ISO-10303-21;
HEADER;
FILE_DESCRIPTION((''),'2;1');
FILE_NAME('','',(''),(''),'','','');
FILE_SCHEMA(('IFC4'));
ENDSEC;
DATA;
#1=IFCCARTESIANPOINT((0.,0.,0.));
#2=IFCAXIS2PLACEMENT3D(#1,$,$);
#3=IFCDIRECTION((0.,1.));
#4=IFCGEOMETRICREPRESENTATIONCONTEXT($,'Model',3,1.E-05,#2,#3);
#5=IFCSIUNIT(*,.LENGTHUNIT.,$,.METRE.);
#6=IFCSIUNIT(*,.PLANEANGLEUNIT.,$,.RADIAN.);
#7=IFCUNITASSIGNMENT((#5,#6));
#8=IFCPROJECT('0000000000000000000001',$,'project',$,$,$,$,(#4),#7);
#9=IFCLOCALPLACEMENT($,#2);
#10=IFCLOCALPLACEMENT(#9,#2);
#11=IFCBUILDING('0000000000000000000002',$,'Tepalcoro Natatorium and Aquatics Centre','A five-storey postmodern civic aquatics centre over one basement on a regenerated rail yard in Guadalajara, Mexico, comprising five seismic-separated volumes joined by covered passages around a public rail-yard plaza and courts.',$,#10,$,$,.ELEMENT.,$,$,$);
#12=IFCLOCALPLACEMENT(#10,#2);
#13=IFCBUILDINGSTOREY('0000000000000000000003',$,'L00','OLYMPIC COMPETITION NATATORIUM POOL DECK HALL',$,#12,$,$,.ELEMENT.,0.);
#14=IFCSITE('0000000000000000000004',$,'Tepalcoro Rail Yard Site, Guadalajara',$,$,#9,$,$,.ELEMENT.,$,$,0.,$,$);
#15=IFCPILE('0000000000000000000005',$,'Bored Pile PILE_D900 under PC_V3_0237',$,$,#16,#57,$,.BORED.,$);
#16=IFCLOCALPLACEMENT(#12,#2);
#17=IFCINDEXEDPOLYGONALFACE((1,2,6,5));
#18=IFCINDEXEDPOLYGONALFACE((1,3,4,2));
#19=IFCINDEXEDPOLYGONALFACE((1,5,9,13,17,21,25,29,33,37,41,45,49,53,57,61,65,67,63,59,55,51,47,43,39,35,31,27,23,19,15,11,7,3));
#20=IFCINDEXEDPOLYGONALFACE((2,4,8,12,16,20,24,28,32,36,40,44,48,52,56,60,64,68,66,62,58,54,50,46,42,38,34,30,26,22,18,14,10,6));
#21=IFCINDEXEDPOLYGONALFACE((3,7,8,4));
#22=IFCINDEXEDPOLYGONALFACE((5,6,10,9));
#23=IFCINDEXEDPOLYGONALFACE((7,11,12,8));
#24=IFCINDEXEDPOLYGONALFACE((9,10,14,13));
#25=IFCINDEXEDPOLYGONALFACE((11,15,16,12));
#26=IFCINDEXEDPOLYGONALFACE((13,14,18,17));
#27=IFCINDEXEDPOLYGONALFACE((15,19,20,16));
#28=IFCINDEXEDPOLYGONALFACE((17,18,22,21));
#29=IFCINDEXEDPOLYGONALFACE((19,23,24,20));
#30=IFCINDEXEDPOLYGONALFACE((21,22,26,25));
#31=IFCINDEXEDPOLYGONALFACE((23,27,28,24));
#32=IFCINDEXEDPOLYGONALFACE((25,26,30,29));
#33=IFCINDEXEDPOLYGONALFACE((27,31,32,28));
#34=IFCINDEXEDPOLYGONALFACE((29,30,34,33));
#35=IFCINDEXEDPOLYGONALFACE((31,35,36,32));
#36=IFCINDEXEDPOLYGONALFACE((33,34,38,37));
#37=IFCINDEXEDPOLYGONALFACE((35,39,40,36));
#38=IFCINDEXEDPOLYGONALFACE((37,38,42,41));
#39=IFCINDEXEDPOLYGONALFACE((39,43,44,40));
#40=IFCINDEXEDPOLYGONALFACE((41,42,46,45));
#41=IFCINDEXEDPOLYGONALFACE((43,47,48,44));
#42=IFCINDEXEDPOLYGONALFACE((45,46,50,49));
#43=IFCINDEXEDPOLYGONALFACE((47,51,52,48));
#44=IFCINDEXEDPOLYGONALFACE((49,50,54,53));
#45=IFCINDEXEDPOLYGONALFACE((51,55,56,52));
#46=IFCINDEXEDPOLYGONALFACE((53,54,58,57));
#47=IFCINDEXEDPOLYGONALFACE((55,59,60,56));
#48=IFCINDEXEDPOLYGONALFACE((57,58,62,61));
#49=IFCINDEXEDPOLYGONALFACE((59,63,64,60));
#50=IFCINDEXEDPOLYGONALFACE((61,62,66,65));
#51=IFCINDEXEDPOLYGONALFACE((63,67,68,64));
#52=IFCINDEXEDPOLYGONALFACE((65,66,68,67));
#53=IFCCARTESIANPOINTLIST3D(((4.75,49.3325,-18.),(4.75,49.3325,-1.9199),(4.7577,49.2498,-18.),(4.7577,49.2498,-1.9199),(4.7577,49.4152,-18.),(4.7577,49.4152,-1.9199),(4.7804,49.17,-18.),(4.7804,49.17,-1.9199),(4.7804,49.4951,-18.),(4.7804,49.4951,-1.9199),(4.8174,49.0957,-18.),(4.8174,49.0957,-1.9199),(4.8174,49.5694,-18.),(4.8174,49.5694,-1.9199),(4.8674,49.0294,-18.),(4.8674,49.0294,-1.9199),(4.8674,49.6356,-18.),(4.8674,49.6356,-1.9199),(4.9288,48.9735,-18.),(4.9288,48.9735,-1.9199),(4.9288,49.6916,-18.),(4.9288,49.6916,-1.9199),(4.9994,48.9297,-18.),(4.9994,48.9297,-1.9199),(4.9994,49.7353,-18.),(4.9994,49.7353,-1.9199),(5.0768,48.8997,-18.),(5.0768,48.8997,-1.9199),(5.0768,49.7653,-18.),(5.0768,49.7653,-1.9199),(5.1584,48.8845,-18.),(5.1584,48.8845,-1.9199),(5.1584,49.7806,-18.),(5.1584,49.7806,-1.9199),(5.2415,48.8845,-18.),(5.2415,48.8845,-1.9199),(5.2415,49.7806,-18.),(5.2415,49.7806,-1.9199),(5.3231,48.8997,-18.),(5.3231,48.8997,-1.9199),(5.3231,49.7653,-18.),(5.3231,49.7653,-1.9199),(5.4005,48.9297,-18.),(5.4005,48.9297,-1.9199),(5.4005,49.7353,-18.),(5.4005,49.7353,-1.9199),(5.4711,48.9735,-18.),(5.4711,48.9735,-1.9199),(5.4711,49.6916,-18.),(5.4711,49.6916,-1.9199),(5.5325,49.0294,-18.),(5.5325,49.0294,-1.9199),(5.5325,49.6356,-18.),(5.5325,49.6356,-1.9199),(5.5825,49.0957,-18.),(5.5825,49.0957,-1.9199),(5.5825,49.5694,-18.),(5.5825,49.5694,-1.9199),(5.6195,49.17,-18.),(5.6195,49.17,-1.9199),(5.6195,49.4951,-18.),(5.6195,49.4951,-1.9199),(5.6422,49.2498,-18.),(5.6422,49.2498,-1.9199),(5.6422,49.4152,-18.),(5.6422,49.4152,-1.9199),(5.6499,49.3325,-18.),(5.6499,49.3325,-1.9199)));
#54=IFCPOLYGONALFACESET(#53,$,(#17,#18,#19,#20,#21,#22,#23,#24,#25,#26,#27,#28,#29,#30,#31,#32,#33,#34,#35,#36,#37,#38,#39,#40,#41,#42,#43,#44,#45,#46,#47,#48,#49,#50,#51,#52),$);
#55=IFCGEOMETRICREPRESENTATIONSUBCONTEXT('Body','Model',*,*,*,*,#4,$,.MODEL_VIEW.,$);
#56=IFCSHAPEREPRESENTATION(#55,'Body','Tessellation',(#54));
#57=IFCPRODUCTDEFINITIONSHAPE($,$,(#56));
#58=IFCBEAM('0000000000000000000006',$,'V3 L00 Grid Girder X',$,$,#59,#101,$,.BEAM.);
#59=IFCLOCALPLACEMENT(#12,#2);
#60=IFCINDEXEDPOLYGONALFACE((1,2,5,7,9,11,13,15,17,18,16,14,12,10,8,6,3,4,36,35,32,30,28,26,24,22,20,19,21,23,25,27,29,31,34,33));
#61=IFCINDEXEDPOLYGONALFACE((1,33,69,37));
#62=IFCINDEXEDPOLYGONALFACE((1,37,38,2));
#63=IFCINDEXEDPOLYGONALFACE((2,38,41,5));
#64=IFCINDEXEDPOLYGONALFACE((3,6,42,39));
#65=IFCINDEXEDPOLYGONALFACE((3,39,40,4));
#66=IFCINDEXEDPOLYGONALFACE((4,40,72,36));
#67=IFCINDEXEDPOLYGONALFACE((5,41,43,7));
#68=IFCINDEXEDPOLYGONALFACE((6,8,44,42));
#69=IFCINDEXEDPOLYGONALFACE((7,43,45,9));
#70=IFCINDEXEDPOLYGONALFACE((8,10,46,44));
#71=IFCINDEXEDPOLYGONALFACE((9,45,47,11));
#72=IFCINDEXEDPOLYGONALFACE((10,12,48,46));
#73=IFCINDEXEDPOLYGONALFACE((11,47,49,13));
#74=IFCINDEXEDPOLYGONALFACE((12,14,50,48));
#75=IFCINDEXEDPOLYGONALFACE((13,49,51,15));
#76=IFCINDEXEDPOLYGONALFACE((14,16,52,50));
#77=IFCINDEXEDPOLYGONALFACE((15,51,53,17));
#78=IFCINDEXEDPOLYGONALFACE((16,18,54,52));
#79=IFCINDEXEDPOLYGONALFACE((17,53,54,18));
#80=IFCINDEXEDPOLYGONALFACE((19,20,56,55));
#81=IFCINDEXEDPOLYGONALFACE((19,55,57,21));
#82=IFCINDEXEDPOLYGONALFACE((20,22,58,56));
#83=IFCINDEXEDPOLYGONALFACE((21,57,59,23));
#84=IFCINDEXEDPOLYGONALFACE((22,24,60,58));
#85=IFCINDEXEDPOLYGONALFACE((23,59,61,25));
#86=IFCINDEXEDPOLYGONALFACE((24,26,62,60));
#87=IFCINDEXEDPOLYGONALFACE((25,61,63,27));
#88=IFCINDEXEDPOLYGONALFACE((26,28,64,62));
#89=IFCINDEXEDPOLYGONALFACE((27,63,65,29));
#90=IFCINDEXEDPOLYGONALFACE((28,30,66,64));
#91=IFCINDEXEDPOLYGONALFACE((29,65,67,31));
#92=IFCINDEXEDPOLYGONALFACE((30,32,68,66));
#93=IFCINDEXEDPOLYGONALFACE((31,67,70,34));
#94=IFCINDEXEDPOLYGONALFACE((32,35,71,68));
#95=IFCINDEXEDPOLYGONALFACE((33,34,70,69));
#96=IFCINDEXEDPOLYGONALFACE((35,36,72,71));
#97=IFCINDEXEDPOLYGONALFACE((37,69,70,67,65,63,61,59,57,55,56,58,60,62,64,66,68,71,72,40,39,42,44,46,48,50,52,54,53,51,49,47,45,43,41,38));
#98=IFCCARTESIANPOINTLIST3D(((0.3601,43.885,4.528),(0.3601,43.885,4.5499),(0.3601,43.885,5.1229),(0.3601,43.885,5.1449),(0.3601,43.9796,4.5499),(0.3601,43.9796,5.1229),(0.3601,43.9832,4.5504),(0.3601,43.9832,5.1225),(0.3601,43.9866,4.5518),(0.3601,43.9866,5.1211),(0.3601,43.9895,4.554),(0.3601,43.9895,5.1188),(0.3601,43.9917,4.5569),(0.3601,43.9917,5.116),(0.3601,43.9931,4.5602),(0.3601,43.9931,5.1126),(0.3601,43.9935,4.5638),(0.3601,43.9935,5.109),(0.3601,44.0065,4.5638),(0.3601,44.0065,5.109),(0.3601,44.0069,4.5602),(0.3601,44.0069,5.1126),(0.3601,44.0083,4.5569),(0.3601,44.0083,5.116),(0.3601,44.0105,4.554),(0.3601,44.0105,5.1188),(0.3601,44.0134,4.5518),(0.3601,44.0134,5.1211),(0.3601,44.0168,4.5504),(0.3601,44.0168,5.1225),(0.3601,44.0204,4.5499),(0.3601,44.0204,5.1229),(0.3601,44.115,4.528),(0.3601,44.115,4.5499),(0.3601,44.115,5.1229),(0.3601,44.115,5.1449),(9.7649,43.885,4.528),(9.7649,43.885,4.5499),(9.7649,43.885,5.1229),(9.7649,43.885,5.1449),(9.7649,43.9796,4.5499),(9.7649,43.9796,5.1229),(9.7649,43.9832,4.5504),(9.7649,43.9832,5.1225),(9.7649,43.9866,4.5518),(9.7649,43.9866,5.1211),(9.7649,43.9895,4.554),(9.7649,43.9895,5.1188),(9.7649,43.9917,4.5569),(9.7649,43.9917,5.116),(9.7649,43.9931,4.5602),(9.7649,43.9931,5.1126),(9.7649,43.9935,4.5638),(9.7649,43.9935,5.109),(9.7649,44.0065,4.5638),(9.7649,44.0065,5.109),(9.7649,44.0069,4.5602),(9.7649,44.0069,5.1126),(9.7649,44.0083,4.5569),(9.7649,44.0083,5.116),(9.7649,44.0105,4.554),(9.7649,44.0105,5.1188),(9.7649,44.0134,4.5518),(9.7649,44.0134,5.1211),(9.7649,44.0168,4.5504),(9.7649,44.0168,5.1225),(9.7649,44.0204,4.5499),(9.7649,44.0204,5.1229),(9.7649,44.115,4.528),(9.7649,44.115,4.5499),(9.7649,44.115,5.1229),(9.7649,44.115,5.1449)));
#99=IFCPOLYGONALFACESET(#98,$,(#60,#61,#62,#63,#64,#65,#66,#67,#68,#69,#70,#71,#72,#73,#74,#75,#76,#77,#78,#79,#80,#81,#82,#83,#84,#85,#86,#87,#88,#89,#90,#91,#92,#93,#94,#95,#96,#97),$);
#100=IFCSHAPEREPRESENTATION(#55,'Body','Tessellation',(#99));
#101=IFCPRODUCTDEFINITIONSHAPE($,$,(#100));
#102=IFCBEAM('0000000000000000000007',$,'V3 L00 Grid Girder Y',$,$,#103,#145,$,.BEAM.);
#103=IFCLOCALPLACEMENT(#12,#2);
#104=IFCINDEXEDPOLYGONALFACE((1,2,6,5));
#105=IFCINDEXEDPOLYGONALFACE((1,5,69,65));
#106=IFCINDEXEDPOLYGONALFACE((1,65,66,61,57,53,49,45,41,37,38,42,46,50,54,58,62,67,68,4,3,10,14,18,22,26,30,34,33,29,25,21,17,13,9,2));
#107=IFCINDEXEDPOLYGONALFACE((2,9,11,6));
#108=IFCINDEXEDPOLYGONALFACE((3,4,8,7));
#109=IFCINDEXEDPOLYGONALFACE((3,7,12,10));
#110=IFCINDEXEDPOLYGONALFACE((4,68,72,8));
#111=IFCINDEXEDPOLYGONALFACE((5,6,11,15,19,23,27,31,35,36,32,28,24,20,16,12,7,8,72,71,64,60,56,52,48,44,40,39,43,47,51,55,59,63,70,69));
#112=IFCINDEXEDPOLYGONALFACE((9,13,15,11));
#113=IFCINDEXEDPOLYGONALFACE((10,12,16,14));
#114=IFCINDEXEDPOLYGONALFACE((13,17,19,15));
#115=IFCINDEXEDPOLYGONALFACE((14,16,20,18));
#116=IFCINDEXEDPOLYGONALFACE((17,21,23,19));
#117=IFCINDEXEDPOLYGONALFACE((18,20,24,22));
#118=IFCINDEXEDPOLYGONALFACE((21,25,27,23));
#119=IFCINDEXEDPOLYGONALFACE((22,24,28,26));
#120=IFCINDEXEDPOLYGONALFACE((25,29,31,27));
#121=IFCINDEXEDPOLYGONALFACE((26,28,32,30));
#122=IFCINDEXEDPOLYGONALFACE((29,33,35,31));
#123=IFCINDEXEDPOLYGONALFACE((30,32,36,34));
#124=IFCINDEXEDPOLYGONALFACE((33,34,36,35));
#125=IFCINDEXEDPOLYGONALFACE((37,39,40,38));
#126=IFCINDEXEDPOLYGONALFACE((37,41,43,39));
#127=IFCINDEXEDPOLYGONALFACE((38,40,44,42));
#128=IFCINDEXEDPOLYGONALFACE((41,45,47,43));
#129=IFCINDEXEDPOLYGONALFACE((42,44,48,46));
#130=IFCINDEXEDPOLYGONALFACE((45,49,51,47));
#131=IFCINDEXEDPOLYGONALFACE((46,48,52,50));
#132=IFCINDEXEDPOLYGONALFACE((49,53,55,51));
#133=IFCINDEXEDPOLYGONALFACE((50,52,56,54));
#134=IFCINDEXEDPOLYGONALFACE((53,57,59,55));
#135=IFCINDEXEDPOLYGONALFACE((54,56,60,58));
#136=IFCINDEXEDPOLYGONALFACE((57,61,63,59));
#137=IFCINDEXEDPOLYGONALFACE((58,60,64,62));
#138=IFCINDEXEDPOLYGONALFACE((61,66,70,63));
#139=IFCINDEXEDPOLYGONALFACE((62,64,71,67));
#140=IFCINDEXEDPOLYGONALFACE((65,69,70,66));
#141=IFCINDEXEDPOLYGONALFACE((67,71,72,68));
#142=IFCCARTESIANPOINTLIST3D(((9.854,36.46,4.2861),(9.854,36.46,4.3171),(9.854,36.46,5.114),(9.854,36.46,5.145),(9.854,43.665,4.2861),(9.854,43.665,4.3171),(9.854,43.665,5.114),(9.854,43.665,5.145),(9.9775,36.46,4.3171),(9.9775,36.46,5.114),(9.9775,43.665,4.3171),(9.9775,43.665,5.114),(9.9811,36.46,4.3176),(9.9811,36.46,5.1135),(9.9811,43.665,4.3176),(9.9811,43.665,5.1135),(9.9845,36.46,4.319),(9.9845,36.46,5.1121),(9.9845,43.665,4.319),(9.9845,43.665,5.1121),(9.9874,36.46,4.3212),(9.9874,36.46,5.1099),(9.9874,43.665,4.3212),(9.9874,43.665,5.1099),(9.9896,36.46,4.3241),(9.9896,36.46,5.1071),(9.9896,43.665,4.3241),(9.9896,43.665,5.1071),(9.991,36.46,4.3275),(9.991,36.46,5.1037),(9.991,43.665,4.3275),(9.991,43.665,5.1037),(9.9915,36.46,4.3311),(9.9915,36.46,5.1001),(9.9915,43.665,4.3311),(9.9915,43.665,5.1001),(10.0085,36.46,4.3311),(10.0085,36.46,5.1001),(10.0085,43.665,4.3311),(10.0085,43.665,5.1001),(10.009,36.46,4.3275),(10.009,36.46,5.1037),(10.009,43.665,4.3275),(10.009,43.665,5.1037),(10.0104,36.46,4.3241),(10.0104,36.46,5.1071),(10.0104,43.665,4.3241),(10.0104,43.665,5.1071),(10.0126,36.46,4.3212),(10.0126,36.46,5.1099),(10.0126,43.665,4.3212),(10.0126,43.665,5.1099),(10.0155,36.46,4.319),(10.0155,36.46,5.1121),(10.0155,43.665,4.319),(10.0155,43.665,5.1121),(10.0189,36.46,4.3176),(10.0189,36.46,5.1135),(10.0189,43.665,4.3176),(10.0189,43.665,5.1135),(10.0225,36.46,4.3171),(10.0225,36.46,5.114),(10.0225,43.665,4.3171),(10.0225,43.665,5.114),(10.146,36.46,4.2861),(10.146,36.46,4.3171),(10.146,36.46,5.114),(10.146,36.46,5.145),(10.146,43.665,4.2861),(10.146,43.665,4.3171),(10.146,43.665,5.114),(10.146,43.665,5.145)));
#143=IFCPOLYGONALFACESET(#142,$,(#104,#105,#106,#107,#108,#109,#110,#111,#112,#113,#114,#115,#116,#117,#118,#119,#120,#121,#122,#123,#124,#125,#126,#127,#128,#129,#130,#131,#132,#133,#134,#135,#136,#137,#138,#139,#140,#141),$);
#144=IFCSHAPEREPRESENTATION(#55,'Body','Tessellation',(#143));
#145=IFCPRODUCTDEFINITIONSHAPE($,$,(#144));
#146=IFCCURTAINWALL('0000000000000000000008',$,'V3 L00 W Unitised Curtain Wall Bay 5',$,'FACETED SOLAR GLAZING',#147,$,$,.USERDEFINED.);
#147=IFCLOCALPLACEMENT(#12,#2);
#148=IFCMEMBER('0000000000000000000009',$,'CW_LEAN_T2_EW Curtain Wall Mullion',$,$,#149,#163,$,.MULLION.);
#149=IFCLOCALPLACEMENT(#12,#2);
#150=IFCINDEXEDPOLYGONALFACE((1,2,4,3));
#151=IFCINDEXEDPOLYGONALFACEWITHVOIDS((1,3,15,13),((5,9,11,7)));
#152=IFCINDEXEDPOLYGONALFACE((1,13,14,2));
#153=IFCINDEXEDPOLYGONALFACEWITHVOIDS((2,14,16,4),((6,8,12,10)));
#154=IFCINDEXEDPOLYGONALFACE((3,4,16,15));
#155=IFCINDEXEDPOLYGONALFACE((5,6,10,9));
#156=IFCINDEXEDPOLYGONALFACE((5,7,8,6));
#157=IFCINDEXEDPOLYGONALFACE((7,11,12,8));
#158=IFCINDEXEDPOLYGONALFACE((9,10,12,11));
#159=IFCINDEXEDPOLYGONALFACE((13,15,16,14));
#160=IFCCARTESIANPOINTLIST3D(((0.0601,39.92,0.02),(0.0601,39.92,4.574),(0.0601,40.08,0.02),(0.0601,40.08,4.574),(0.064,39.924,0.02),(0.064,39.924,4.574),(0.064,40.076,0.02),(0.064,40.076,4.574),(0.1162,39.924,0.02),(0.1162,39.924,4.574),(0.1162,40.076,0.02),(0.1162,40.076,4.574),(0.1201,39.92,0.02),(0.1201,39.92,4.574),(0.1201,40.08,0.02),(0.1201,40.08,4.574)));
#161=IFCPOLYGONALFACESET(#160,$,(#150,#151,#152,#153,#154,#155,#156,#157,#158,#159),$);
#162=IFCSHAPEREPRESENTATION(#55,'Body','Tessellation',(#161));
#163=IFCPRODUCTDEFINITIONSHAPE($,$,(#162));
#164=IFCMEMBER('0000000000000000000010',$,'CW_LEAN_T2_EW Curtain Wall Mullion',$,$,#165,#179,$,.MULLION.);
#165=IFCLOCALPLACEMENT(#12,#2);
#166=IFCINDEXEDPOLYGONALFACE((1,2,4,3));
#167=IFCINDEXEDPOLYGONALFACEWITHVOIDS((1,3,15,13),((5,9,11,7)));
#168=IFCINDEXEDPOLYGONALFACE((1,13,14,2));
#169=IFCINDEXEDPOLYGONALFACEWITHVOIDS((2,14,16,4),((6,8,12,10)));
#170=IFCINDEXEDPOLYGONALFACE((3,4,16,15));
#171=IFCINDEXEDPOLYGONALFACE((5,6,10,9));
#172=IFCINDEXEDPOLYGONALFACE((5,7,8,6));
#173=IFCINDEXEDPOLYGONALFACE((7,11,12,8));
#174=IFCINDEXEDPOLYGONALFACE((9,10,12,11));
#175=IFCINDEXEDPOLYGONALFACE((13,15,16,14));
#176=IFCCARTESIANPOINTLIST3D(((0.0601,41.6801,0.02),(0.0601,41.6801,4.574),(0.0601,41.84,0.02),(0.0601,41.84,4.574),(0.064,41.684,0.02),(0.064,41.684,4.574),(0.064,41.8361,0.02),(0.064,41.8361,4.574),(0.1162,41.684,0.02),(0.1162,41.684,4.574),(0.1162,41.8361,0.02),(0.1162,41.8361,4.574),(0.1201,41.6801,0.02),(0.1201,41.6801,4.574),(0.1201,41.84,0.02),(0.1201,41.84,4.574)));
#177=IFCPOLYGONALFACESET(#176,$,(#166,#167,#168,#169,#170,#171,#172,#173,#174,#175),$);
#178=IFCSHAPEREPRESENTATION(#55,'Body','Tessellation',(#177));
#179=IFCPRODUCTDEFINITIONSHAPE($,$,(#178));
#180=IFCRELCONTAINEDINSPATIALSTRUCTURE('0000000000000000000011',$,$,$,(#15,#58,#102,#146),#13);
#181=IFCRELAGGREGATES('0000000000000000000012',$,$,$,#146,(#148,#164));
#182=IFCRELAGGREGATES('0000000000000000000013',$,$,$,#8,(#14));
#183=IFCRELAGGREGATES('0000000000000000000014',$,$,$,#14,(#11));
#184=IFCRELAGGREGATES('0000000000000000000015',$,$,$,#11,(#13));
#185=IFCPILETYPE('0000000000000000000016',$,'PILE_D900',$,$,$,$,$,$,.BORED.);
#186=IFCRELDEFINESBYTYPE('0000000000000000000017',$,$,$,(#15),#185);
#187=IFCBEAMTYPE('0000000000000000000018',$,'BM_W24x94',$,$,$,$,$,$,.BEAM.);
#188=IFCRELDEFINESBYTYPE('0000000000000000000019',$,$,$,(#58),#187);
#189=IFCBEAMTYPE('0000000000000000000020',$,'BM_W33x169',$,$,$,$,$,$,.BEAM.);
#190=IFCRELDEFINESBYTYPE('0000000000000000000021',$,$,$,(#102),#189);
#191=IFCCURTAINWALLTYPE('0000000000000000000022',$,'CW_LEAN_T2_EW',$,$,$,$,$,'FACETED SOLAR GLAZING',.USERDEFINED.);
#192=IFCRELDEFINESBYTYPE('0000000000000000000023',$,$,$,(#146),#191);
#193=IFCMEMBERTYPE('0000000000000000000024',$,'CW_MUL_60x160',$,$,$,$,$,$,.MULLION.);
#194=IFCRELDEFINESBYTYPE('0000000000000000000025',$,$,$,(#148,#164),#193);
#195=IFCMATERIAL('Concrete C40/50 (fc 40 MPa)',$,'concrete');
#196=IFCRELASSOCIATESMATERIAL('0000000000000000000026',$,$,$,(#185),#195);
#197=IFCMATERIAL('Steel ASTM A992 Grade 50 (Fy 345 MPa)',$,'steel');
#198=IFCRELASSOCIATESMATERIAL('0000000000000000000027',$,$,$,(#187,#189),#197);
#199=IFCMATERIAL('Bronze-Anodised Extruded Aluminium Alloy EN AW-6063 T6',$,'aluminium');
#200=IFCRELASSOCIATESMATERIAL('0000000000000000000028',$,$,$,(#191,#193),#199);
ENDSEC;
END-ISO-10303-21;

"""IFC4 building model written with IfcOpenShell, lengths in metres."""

from ifc_helpers import new_model, si_unit, direction, frame, origin, origin_2d, place, context, subcontext, project, spatial, hollow_rectangle, circle, i_section, extrude, material, material_profile, profile_set, type_object, element, aggregate, save


model = new_model("IFC4")

# Units and contexts
model_context = context("Model", 3, precision=1e-05, world=origin(), true_north=direction((0.0, 1.0)))
body_context = subcontext(model_context, "Body", "Model", "MODEL_VIEW")
ifc_project = project(units=[si_unit("LENGTHUNIT", "METRE"), si_unit("PLANEANGLEUNIT", "RADIAN")], contexts=[model_context])

# Site, building, storey
site_placement = place(None, origin())
site = spatial("IfcSite", under=ifc_project, at=site_placement, Name="Tepalcoro Rail Yard Site, Guadalajara", CompositionType="ELEMENT", RefElevation=0.0)
building_placement = place(site_placement, origin())
building = spatial("IfcBuilding", under=site, at=building_placement, Name="Tepalcoro Natatorium and Aquatics Centre", Description="A five-storey postmodern civic aquatics centre over one basement on a regenerated rail yard in Guadalajara, Mexico, comprising five seismic-separated volumes joined by covered passages around a public rail-yard plaza and courts.", CompositionType="ELEMENT")
storey_placement = place(building_placement, origin())
storey = spatial("IfcBuildingStorey", under=building, at=storey_placement, Name="L00", Description="OLYMPIC COMPETITION NATATORIUM POOL DECK HALL", CompositionType="ELEMENT", Elevation=0.0)

# Pile
ifc_material_1 = material(Name="Concrete C40/50 (fc 40 MPa)", Category="concrete")
ifc_material_profile_1 = material_profile(ifc_material_1, circle(Radius=0.45, at=origin_2d()), Name="PILE_D900")
ifc_profile_set_1 = profile_set([ifc_material_profile_1], Name="Concrete C40/50 (fc 40 MPa)")
pile_type_1 = type_object("IfcPileType", Name="PILE_D900", PredefinedType="BORED", material=ifc_profile_set_1)
for number, where, z_axis, x_axis, name in (
    (1, (5.2, 49.3325, -1.9199), (0.0, 0.0, -1.0), (1.0, 0.0, 0.0), "Bored Pile PILE_D900 under PC_V3_0237"),
):
    element("IfcPile", number, at=place(storey_placement, frame(where, z_axis=z_axis, x_axis=x_axis)), inside=storey, type_object=pile_type_1, Name=name, PredefinedType="BORED", context=body_context, shape_type="SweptSolid", body=[
        extrude(circle(Radius=0.45, at=origin_2d()), origin(), (0.0, 0.0, 1.0), 16.0801),
    ])

# Beams
ifc_material_2 = material(Name="Steel ASTM A992 Grade 50 (Fy 345 MPa)", Category="steel")
ifc_material_profile_2 = material_profile(ifc_material_2, i_section(OverallWidth=0.23, OverallDepth=0.6169, WebThickness=0.0129, FlangeThickness=0.022, FilletRadius=0.0139, at=origin_2d()), Name="W24X94")
ifc_profile_set_2 = profile_set([ifc_material_profile_2], Name="Steel ASTM A992 Grade 50 (Fy 345 MPa)")
beam_type_1 = type_object("IfcBeamType", Name="BM_W24x94", PredefinedType="BEAM", material=ifc_profile_set_2)
beam_1_placement = place(storey_placement, frame((0.3601, 44.0, 4.8364), z_axis=(1.0, 0.0, 0.0), x_axis=(0.0, 1.0, 0.0)))
element("IfcBeam", 2, at=beam_1_placement, inside=storey, type_object=beam_type_1, Name="V3 L00 Grid Girder X", PredefinedType="BEAM", context=body_context, shape_type="SweptSolid", body=[
    extrude(i_section(OverallWidth=0.23, OverallDepth=0.6169, WebThickness=0.0129, FlangeThickness=0.022, FilletRadius=0.0139, at=origin_2d()), origin(), (0.0, 0.0, 1.0), 9.4048),
])
ifc_material_profile_3 = material_profile(ifc_material_2, i_section(OverallWidth=0.292, OverallDepth=0.8589, WebThickness=0.0171, FlangeThickness=0.031, FilletRadius=0.0139, at=origin_2d()), Name="W33X169")
ifc_profile_set_3 = profile_set([ifc_material_profile_3], Name="Steel ASTM A992 Grade 50 (Fy 345 MPa)")
beam_type_2 = type_object("IfcBeamType", Name="BM_W33x169", PredefinedType="BEAM", material=ifc_profile_set_3)
beam_2_placement = place(storey_placement, frame((10.0, 36.46, 4.7156), z_axis=(0.0, 1.0, 0.0), x_axis=(-1.0, 0.0, 0.0)))
element("IfcBeam", 3, at=beam_2_placement, inside=storey, type_object=beam_type_2, Name="V3 L00 Grid Girder Y", PredefinedType="BEAM", context=body_context, shape_type="SweptSolid", body=[
    extrude(i_section(OverallWidth=0.292, OverallDepth=0.8589, WebThickness=0.0171, FlangeThickness=0.031, FilletRadius=0.0139, at=origin_2d()), origin(), (0.0, 0.0, 1.0), 7.2051),
])

# Curtain wall, members
ifc_material_3 = material(Name="Bronze-Anodised Extruded Aluminium Alloy EN AW-6063 T6", Category="aluminium")
curtain_wall_type = type_object("IfcCurtainWallType", Name="CW_LEAN_T2_EW", ElementType="FACETED SOLAR GLAZING", PredefinedType="USERDEFINED", material=ifc_material_3)
curtain_wall_placement = place(storey_placement, origin())
curtain_wall = element("IfcCurtainWall", 4, at=curtain_wall_placement, inside=storey, type_object=curtain_wall_type, Name="V3 L00 W Unitised Curtain Wall Bay 5", ObjectType="FACETED SOLAR GLAZING", PredefinedType="USERDEFINED")
ifc_material_profile_4 = material_profile(ifc_material_3, hollow_rectangle(XDim=0.0601, YDim=0.1599, WallThickness=0.0039, at=origin_2d()), Name="AL60X160X4")
ifc_profile_set_4 = profile_set([ifc_material_profile_4], Name="Bronze-Anodised Extruded Aluminium Alloy EN AW-6063 T6")
member_type = type_object("IfcMemberType", Name="CW_MUL_60x160", PredefinedType="MULLION", material=ifc_profile_set_4)
member_1_placement = place(storey_placement, frame((0.0901, 40.0, 0.02), z_axis=(0.0, 0.0, 1.0), x_axis=(1.0, 0.0, 0.0)))
member_1 = element("IfcMember", 5, at=member_1_placement, type_object=member_type, Name="CW_LEAN_T2_EW Curtain Wall Mullion", PredefinedType="MULLION", context=body_context, shape_type="SweptSolid", body=[
    extrude(hollow_rectangle(XDim=0.0601, YDim=0.1599, WallThickness=0.0039, at=origin_2d()), origin(), (0.0, 0.0, 1.0), 4.554),
])
member_2_placement = place(storey_placement, frame((0.0901, 41.76, 0.02), z_axis=(0.0, 0.0, 1.0), x_axis=(1.0, 0.0, 0.0)))
member_2 = element("IfcMember", 6, at=member_2_placement, type_object=member_type, Name="CW_LEAN_T2_EW Curtain Wall Mullion", PredefinedType="MULLION", context=body_context, shape_type="SweptSolid", body=[
    extrude(hollow_rectangle(XDim=0.0601, YDim=0.1599, WallThickness=0.0039, at=origin_2d()), origin(), (0.0, 0.0, 1.0), 4.554),
])

aggregate(curtain_wall, [member_1, member_2])

save(model, "model.ifc")
